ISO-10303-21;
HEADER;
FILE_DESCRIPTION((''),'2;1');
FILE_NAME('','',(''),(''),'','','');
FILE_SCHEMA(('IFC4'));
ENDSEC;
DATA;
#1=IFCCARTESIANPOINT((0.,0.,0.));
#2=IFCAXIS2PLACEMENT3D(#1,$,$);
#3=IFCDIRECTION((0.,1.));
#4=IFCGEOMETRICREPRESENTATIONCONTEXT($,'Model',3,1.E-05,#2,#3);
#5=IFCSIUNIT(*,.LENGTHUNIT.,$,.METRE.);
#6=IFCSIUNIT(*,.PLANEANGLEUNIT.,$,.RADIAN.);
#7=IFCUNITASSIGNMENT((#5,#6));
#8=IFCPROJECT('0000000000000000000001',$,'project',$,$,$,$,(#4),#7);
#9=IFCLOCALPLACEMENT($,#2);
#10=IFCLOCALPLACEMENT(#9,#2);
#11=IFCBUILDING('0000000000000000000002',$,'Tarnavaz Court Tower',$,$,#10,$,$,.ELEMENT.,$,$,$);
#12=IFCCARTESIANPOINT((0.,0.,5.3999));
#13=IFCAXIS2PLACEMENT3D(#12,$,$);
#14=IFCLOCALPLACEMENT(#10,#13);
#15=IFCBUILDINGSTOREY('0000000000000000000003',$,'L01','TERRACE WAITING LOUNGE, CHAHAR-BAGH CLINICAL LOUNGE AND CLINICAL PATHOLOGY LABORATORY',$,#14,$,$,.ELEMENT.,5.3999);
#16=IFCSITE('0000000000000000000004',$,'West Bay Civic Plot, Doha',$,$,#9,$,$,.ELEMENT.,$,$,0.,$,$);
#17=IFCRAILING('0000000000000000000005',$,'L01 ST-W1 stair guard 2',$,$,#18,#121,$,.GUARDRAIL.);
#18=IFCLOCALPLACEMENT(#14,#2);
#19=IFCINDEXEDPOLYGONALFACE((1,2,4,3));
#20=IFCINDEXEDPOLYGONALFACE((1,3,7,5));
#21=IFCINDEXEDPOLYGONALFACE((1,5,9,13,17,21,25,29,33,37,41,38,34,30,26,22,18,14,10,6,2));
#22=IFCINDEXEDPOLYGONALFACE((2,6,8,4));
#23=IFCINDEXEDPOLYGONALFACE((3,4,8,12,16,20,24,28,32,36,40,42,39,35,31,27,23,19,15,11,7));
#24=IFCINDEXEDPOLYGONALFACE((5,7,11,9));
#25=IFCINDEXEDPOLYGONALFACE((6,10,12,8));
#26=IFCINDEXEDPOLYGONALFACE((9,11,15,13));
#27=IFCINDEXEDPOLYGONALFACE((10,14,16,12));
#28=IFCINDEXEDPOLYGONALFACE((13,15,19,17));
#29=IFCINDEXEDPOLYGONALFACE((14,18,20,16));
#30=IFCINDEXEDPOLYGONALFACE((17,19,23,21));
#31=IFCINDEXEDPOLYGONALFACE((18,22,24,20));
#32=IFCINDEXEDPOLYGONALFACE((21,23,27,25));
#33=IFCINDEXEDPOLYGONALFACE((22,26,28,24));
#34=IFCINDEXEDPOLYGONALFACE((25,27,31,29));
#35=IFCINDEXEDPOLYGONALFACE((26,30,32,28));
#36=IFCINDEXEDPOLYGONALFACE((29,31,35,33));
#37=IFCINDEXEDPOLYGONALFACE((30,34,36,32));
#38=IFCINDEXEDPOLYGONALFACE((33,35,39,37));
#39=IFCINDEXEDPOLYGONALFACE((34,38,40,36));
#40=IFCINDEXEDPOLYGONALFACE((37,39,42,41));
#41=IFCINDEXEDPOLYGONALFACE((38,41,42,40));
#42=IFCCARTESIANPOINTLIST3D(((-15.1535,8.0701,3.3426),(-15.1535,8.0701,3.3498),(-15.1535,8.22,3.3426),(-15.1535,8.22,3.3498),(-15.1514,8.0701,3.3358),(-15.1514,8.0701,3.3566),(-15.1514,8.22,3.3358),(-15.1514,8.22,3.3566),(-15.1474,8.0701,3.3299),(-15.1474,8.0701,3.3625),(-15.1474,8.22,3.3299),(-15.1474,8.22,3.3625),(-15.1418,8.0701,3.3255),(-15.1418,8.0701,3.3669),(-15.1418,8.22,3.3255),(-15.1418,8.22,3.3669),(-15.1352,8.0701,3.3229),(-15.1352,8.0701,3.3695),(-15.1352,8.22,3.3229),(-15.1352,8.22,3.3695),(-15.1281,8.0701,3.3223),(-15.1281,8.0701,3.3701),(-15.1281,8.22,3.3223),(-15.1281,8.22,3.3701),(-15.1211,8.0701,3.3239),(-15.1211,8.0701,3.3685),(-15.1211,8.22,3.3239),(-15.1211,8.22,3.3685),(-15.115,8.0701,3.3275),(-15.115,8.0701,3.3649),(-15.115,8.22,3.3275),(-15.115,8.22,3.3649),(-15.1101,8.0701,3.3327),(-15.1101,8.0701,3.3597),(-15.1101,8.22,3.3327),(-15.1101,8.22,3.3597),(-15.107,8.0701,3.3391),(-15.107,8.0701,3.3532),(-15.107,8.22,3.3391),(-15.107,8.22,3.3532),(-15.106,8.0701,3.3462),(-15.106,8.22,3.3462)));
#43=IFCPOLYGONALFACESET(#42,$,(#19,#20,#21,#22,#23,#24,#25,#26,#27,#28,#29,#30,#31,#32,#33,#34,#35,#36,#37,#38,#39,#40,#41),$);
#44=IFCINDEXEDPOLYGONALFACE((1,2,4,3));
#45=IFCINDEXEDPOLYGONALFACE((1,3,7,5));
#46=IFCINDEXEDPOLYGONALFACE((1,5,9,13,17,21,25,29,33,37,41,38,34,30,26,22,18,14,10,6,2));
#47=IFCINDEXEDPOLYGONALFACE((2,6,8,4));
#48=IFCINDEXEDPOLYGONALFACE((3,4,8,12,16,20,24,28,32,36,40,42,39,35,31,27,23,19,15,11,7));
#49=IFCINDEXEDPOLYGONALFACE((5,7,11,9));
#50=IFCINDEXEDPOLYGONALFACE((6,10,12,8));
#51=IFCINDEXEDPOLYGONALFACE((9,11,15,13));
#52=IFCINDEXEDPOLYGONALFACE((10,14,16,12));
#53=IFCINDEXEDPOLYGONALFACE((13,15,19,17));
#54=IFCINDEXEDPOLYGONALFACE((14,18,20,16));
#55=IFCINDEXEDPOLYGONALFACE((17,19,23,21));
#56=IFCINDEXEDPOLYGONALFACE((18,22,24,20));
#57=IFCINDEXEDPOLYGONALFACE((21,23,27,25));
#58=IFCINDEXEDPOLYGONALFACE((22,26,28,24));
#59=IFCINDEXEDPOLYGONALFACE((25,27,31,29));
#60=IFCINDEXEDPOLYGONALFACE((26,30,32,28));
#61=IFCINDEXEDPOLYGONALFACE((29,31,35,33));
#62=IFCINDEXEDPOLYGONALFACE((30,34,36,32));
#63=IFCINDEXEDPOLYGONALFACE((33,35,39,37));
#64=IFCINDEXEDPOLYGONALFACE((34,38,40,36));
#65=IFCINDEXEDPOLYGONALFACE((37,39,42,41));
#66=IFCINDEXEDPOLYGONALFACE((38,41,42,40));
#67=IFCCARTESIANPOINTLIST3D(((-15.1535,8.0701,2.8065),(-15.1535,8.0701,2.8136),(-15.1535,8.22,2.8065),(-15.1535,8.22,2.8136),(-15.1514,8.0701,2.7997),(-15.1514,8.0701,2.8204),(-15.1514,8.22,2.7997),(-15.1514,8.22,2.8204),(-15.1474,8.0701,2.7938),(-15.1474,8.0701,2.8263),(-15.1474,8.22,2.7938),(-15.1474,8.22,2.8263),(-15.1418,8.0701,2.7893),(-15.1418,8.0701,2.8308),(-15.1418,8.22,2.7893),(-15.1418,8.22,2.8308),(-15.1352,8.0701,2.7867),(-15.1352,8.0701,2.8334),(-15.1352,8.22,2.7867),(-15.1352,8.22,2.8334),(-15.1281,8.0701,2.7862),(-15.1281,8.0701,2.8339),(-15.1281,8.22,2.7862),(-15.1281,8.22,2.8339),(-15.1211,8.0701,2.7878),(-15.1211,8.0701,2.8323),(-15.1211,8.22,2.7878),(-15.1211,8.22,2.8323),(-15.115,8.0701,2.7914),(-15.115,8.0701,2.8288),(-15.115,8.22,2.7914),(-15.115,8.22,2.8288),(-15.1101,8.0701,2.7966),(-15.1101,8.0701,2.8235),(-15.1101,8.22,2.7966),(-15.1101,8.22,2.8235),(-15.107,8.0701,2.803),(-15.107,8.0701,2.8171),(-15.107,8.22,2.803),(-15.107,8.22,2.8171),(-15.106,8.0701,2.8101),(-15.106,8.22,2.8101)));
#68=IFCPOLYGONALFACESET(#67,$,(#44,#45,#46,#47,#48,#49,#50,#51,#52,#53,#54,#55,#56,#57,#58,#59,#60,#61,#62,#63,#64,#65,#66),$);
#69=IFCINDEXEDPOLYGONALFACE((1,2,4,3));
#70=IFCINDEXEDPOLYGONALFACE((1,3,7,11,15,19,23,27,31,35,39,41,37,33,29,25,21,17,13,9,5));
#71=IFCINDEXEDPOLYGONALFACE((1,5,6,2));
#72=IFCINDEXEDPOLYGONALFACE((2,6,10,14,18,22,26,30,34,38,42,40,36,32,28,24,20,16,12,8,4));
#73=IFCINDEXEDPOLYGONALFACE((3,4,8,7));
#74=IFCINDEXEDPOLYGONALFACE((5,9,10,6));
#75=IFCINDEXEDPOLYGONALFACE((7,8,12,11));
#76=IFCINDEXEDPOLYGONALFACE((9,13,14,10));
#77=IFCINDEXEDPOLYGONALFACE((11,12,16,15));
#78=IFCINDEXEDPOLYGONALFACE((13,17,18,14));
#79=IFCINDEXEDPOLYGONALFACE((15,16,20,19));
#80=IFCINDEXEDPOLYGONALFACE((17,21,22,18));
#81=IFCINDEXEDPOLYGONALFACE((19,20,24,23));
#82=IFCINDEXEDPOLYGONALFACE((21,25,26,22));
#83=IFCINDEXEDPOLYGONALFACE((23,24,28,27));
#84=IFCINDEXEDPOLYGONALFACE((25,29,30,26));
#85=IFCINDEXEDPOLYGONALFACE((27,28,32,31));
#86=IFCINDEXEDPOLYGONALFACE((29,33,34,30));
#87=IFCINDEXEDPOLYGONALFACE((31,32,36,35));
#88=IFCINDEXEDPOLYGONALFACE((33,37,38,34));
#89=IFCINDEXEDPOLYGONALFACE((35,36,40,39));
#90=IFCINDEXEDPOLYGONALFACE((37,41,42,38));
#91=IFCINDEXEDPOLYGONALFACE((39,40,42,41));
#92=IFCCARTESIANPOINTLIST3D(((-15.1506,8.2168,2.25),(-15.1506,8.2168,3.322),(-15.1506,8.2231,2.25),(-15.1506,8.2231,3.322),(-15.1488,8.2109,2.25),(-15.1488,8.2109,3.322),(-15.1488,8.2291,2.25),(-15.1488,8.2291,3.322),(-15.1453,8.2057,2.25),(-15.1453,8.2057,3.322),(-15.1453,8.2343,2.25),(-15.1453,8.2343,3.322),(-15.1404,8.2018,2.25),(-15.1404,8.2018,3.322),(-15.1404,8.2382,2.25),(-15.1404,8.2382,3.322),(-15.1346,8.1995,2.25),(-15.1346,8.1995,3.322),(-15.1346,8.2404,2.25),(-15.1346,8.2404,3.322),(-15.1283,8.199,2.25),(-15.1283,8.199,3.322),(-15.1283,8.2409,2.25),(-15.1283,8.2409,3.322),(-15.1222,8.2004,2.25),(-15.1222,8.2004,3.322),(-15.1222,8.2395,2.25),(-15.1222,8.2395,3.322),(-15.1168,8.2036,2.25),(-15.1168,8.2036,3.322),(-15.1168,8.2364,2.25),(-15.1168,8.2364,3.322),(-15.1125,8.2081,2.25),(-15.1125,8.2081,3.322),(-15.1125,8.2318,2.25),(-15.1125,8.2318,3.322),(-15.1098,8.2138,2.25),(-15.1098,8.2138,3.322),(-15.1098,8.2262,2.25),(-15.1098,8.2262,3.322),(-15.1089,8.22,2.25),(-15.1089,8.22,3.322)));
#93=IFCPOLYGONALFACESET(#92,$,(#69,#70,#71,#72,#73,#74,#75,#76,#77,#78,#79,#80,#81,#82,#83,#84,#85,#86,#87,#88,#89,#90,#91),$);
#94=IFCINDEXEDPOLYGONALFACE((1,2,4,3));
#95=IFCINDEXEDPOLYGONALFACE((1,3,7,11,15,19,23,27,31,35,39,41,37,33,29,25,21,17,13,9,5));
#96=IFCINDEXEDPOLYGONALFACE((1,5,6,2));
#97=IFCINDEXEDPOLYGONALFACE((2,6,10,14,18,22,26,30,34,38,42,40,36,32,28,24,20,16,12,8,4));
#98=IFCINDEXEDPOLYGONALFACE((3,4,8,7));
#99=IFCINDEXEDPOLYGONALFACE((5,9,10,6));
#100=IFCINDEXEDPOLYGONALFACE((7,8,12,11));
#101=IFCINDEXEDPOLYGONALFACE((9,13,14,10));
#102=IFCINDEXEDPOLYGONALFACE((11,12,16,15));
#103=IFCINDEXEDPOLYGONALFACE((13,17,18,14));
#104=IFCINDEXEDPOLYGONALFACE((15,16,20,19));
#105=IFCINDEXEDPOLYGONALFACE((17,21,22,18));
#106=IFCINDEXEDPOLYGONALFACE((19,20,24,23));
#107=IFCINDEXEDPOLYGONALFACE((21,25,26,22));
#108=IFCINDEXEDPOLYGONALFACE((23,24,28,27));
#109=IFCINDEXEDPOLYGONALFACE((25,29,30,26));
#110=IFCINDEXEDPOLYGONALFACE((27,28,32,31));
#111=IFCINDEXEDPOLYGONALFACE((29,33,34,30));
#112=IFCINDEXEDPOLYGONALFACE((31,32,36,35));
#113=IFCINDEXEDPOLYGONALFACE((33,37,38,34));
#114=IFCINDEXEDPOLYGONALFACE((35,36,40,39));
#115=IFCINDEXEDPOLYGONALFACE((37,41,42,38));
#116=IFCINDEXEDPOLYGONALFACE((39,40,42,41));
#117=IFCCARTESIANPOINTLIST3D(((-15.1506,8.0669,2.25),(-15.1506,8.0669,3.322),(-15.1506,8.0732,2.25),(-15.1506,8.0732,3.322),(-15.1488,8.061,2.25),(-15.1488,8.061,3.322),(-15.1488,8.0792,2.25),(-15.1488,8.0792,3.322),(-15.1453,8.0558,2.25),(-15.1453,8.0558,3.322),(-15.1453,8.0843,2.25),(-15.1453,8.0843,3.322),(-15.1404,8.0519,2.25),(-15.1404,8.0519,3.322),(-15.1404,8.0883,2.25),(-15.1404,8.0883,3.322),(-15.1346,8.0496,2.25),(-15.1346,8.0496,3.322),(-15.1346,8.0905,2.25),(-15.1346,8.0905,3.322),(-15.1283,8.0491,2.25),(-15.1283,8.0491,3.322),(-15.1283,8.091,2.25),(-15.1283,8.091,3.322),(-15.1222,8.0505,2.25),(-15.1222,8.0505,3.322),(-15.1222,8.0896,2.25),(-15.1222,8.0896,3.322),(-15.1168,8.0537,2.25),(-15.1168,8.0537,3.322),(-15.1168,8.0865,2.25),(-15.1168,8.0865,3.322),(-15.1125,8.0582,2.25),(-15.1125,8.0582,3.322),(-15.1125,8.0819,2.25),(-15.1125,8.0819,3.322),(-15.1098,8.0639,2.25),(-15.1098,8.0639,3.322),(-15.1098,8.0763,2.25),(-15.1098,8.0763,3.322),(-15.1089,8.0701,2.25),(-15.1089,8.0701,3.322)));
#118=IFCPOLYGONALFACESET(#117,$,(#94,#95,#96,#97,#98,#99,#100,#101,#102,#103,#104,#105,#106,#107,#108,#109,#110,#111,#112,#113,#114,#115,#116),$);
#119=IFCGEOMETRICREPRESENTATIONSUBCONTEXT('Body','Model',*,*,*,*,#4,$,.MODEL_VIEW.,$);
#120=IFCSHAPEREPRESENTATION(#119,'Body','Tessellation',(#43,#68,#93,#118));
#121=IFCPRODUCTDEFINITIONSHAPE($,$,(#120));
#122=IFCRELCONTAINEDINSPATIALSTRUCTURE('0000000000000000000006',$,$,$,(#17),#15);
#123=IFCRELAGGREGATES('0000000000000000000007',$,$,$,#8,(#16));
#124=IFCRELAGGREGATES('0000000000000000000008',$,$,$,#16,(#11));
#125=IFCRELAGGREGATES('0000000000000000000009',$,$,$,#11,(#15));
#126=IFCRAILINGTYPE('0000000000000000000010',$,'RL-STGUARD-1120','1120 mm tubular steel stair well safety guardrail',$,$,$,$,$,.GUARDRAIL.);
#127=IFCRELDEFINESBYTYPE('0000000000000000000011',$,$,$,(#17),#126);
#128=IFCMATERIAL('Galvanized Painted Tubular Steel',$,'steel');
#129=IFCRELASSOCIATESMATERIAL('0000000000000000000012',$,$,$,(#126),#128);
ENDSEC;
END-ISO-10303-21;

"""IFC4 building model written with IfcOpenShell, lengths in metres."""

from ifc_helpers import new_model, si_unit, direction, frame, origin, origin_2d, place, context, subcontext, project, spatial, circle, extrude, material, type_object, element, save


model = new_model("IFC4")

# Units and contexts
model_context = context("Model", 3, precision=1e-05, world=origin(), true_north=direction((0.0, 1.0)))
body_context = subcontext(model_context, "Body", "Model", "MODEL_VIEW")
ifc_project = project(units=[si_unit("LENGTHUNIT", "METRE"), si_unit("PLANEANGLEUNIT", "RADIAN")], contexts=[model_context])

# Site, building, storey
site_placement = place(None, origin())
site = spatial("IfcSite", under=ifc_project, at=site_placement, Name="West Bay Civic Plot, Doha", CompositionType="ELEMENT", RefElevation=0.0)
building_placement = place(site_placement, origin())
building = spatial("IfcBuilding", under=site, at=building_placement, Name="Tarnavaz Court Tower", CompositionType="ELEMENT")
storey_placement = place(building_placement, frame((0.0, 0.0, 5.3999)))
storey = spatial("IfcBuildingStorey", under=building, at=storey_placement, Name="L01", Description="TERRACE WAITING LOUNGE, CHAHAR-BAGH CLINICAL LOUNGE AND CLINICAL PATHOLOGY LABORATORY", CompositionType="ELEMENT", Elevation=5.3999)

# Railing
ifc_material_1 = material(Name="Galvanized Painted Tubular Steel", Category="steel")
railing_type_1 = type_object("IfcRailingType", Name="RL-STGUARD-1120", Description="1120 mm tubular steel stair well safety guardrail", PredefinedType="GUARDRAIL", material=ifc_material_1)
railing_1_placement = place(storey_placement, frame((-15.1299, 8.22, 2.25)))
element("IfcRailing", 1, at=railing_1_placement, inside=storey, type_object=railing_type_1, Name="L01 ST-W1 stair guard 2", PredefinedType="GUARDRAIL", context=body_context, shape_type="SweptSolid", body=[
    extrude(circle(Radius=0.0239, at=origin_2d()), frame((0.0, 0.0, 1.0962), z_axis=(0.0, -1.0, 0.0), x_axis=(1.0, 0.0, 0.0)), (0.0, 0.0, 1.0), 0.1499),
    extrude(circle(Radius=0.0239, at=origin_2d()), frame((0.0, 0.0, 0.5601), z_axis=(0.0, -1.0, 0.0), x_axis=(1.0, 0.0, 0.0)), (0.0, 0.0, 1.0), 0.1499),
    extrude(circle(Radius=0.021, at=origin_2d()), origin(), (0.0, 0.0, 1.0), 1.072),
    extrude(circle(Radius=0.021, at=origin_2d()), frame((0.0, -0.1499, 0.0)), (0.0, 0.0, 1.0), 1.072),
])

save(model, "model.ifc")
